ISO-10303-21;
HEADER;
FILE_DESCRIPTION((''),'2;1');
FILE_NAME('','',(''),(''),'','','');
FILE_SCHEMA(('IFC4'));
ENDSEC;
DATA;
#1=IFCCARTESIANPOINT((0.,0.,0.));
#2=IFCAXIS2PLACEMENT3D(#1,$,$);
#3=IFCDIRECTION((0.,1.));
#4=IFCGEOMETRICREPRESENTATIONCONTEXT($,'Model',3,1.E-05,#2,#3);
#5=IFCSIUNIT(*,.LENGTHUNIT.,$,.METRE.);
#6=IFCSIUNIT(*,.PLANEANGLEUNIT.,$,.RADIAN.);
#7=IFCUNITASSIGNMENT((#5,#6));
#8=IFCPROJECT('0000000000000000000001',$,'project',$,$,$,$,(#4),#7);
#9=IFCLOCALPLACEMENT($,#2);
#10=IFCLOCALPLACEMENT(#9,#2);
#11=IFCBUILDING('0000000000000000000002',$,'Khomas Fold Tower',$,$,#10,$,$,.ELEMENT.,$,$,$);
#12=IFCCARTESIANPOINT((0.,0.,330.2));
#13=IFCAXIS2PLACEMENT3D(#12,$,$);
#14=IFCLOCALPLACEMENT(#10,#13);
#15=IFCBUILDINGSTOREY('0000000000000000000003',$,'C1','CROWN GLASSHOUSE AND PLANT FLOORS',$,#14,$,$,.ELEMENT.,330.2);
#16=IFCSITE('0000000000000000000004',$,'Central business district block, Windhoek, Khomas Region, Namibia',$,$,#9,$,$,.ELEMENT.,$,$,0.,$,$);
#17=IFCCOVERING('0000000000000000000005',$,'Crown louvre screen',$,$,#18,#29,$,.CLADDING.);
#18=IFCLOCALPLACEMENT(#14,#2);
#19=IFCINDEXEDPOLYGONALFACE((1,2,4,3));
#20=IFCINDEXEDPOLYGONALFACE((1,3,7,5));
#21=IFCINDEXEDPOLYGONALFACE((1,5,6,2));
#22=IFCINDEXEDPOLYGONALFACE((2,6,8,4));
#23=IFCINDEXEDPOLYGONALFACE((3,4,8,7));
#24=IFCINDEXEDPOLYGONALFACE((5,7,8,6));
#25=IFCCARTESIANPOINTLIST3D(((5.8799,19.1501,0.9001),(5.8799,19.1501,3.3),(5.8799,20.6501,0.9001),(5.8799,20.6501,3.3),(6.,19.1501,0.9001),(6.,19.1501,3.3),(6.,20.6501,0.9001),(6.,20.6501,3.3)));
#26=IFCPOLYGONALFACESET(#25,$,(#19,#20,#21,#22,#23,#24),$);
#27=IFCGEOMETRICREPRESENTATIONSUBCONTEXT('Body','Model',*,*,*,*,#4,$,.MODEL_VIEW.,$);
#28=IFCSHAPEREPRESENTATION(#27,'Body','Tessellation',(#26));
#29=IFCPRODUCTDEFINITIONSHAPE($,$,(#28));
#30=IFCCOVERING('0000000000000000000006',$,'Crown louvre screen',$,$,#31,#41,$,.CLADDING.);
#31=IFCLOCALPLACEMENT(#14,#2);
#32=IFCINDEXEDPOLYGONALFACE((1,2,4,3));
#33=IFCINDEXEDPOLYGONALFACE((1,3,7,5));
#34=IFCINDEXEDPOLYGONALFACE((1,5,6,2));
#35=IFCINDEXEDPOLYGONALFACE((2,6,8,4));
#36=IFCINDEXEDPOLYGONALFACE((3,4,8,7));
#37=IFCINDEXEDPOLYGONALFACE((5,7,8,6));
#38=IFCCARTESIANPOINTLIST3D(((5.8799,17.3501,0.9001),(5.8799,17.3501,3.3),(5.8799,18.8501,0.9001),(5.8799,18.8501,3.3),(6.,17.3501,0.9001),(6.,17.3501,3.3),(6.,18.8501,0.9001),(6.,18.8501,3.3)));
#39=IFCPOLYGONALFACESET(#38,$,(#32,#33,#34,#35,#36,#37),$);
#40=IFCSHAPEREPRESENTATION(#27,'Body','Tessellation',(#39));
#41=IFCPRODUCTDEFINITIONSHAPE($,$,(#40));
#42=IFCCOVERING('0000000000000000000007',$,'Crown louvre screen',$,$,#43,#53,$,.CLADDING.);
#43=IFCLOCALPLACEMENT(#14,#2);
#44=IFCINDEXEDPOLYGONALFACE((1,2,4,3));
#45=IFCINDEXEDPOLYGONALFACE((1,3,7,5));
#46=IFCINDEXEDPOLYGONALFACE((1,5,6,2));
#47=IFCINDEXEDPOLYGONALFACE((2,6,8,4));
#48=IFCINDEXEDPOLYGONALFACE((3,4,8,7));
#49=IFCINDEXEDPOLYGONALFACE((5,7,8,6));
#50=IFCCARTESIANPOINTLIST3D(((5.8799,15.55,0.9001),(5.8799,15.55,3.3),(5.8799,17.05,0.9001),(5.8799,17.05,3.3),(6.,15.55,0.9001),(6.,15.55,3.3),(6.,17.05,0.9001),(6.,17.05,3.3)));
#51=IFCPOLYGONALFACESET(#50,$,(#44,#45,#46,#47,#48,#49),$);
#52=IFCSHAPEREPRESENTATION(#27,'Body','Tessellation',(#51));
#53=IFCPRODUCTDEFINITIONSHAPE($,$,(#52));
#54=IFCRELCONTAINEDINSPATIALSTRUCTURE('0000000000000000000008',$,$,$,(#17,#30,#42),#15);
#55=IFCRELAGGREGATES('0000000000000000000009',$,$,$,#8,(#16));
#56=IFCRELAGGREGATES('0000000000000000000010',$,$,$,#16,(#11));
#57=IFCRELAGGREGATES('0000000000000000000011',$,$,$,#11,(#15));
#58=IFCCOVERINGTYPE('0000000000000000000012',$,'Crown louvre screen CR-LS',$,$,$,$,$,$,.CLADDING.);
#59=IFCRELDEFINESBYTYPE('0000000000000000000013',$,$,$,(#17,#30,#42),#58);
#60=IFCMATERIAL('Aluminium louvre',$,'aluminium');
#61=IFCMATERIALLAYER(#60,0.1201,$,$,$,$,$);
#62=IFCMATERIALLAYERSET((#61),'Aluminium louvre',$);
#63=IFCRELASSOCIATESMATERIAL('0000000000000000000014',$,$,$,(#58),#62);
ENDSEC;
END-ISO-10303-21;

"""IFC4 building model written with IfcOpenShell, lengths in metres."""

from ifc_helpers import new_model, si_unit, direction, frame, origin, origin_2d, place, context, subcontext, project, spatial, rectangle, extrude, source, transform, mapped, material, layer, layer_set, type_object, element, save


model = new_model("IFC4")

# Units and contexts
model_context = context("Model", 3, precision=1e-05, world=origin(), true_north=direction((0.0, 1.0)))
body_context = subcontext(model_context, "Body", "Model", "MODEL_VIEW")
ifc_project = project(units=[si_unit("LENGTHUNIT", "METRE"), si_unit("PLANEANGLEUNIT", "RADIAN")], contexts=[model_context])

# Site, building, storey
site_placement = place(None, origin())
site = spatial("IfcSite", under=ifc_project, at=site_placement, Name="Central business district block, Windhoek, Khomas Region, Namibia", CompositionType="ELEMENT", RefElevation=0.0)
building_placement = place(site_placement, origin())
building = spatial("IfcBuilding", under=site, at=building_placement, Name="Khomas Fold Tower", CompositionType="ELEMENT")
storey_placement = place(building_placement, frame((0.0, 0.0, 330.2)))
storey = spatial("IfcBuildingStorey", under=building, at=storey_placement, Name="C1", Description="CROWN GLASSHOUSE AND PLANT FLOORS", CompositionType="ELEMENT", Elevation=330.2)

# Coverings
ifc_material_1 = material(Name="Aluminium louvre", Category="aluminium")
ifc_layer_1 = layer(ifc_material_1, 0.1201)
ifc_layer_set_1 = layer_set([ifc_layer_1], Name="Aluminium louvre")
covering_type = type_object("IfcCoveringType", Name="Crown louvre screen CR-LS", PredefinedType="CLADDING", material=ifc_layer_set_1)
shared_shape_1 = source(origin(), body_context, "Body", "SweptSolid", [
    extrude(rectangle(XDim=1.5, YDim=0.1201, at=origin_2d()), origin(), (0.0, 0.0, 1.0), 2.3999),
])
for number, where, z_axis, x_axis, name in (
    (1, (5.9399, 19.9001, 0.9001), (0.0, 0.0, 1.0), (0.0, -1.0, 0.0), "Crown louvre screen"),
    (2, (5.9399, 18.1001, 0.9001), (0.0, 0.0, 1.0), (0.0, -1.0, 0.0), "Crown louvre screen"),
    (3, (5.9399, 16.3, 0.9001), (0.0, 0.0, 1.0), (0.0, -1.0, 0.0), "Crown louvre screen"),
):
    element("IfcCovering", number, at=place(storey_placement, frame(where, z_axis=z_axis, x_axis=x_axis)), inside=storey, type_object=covering_type, Name=name, PredefinedType="CLADDING", context=body_context, shape_type="MappedRepresentation", body=[
        mapped(shared_shape_1, transform((0.0, 0.0, 0.0))),
    ])

save(model, "model.ifc")
